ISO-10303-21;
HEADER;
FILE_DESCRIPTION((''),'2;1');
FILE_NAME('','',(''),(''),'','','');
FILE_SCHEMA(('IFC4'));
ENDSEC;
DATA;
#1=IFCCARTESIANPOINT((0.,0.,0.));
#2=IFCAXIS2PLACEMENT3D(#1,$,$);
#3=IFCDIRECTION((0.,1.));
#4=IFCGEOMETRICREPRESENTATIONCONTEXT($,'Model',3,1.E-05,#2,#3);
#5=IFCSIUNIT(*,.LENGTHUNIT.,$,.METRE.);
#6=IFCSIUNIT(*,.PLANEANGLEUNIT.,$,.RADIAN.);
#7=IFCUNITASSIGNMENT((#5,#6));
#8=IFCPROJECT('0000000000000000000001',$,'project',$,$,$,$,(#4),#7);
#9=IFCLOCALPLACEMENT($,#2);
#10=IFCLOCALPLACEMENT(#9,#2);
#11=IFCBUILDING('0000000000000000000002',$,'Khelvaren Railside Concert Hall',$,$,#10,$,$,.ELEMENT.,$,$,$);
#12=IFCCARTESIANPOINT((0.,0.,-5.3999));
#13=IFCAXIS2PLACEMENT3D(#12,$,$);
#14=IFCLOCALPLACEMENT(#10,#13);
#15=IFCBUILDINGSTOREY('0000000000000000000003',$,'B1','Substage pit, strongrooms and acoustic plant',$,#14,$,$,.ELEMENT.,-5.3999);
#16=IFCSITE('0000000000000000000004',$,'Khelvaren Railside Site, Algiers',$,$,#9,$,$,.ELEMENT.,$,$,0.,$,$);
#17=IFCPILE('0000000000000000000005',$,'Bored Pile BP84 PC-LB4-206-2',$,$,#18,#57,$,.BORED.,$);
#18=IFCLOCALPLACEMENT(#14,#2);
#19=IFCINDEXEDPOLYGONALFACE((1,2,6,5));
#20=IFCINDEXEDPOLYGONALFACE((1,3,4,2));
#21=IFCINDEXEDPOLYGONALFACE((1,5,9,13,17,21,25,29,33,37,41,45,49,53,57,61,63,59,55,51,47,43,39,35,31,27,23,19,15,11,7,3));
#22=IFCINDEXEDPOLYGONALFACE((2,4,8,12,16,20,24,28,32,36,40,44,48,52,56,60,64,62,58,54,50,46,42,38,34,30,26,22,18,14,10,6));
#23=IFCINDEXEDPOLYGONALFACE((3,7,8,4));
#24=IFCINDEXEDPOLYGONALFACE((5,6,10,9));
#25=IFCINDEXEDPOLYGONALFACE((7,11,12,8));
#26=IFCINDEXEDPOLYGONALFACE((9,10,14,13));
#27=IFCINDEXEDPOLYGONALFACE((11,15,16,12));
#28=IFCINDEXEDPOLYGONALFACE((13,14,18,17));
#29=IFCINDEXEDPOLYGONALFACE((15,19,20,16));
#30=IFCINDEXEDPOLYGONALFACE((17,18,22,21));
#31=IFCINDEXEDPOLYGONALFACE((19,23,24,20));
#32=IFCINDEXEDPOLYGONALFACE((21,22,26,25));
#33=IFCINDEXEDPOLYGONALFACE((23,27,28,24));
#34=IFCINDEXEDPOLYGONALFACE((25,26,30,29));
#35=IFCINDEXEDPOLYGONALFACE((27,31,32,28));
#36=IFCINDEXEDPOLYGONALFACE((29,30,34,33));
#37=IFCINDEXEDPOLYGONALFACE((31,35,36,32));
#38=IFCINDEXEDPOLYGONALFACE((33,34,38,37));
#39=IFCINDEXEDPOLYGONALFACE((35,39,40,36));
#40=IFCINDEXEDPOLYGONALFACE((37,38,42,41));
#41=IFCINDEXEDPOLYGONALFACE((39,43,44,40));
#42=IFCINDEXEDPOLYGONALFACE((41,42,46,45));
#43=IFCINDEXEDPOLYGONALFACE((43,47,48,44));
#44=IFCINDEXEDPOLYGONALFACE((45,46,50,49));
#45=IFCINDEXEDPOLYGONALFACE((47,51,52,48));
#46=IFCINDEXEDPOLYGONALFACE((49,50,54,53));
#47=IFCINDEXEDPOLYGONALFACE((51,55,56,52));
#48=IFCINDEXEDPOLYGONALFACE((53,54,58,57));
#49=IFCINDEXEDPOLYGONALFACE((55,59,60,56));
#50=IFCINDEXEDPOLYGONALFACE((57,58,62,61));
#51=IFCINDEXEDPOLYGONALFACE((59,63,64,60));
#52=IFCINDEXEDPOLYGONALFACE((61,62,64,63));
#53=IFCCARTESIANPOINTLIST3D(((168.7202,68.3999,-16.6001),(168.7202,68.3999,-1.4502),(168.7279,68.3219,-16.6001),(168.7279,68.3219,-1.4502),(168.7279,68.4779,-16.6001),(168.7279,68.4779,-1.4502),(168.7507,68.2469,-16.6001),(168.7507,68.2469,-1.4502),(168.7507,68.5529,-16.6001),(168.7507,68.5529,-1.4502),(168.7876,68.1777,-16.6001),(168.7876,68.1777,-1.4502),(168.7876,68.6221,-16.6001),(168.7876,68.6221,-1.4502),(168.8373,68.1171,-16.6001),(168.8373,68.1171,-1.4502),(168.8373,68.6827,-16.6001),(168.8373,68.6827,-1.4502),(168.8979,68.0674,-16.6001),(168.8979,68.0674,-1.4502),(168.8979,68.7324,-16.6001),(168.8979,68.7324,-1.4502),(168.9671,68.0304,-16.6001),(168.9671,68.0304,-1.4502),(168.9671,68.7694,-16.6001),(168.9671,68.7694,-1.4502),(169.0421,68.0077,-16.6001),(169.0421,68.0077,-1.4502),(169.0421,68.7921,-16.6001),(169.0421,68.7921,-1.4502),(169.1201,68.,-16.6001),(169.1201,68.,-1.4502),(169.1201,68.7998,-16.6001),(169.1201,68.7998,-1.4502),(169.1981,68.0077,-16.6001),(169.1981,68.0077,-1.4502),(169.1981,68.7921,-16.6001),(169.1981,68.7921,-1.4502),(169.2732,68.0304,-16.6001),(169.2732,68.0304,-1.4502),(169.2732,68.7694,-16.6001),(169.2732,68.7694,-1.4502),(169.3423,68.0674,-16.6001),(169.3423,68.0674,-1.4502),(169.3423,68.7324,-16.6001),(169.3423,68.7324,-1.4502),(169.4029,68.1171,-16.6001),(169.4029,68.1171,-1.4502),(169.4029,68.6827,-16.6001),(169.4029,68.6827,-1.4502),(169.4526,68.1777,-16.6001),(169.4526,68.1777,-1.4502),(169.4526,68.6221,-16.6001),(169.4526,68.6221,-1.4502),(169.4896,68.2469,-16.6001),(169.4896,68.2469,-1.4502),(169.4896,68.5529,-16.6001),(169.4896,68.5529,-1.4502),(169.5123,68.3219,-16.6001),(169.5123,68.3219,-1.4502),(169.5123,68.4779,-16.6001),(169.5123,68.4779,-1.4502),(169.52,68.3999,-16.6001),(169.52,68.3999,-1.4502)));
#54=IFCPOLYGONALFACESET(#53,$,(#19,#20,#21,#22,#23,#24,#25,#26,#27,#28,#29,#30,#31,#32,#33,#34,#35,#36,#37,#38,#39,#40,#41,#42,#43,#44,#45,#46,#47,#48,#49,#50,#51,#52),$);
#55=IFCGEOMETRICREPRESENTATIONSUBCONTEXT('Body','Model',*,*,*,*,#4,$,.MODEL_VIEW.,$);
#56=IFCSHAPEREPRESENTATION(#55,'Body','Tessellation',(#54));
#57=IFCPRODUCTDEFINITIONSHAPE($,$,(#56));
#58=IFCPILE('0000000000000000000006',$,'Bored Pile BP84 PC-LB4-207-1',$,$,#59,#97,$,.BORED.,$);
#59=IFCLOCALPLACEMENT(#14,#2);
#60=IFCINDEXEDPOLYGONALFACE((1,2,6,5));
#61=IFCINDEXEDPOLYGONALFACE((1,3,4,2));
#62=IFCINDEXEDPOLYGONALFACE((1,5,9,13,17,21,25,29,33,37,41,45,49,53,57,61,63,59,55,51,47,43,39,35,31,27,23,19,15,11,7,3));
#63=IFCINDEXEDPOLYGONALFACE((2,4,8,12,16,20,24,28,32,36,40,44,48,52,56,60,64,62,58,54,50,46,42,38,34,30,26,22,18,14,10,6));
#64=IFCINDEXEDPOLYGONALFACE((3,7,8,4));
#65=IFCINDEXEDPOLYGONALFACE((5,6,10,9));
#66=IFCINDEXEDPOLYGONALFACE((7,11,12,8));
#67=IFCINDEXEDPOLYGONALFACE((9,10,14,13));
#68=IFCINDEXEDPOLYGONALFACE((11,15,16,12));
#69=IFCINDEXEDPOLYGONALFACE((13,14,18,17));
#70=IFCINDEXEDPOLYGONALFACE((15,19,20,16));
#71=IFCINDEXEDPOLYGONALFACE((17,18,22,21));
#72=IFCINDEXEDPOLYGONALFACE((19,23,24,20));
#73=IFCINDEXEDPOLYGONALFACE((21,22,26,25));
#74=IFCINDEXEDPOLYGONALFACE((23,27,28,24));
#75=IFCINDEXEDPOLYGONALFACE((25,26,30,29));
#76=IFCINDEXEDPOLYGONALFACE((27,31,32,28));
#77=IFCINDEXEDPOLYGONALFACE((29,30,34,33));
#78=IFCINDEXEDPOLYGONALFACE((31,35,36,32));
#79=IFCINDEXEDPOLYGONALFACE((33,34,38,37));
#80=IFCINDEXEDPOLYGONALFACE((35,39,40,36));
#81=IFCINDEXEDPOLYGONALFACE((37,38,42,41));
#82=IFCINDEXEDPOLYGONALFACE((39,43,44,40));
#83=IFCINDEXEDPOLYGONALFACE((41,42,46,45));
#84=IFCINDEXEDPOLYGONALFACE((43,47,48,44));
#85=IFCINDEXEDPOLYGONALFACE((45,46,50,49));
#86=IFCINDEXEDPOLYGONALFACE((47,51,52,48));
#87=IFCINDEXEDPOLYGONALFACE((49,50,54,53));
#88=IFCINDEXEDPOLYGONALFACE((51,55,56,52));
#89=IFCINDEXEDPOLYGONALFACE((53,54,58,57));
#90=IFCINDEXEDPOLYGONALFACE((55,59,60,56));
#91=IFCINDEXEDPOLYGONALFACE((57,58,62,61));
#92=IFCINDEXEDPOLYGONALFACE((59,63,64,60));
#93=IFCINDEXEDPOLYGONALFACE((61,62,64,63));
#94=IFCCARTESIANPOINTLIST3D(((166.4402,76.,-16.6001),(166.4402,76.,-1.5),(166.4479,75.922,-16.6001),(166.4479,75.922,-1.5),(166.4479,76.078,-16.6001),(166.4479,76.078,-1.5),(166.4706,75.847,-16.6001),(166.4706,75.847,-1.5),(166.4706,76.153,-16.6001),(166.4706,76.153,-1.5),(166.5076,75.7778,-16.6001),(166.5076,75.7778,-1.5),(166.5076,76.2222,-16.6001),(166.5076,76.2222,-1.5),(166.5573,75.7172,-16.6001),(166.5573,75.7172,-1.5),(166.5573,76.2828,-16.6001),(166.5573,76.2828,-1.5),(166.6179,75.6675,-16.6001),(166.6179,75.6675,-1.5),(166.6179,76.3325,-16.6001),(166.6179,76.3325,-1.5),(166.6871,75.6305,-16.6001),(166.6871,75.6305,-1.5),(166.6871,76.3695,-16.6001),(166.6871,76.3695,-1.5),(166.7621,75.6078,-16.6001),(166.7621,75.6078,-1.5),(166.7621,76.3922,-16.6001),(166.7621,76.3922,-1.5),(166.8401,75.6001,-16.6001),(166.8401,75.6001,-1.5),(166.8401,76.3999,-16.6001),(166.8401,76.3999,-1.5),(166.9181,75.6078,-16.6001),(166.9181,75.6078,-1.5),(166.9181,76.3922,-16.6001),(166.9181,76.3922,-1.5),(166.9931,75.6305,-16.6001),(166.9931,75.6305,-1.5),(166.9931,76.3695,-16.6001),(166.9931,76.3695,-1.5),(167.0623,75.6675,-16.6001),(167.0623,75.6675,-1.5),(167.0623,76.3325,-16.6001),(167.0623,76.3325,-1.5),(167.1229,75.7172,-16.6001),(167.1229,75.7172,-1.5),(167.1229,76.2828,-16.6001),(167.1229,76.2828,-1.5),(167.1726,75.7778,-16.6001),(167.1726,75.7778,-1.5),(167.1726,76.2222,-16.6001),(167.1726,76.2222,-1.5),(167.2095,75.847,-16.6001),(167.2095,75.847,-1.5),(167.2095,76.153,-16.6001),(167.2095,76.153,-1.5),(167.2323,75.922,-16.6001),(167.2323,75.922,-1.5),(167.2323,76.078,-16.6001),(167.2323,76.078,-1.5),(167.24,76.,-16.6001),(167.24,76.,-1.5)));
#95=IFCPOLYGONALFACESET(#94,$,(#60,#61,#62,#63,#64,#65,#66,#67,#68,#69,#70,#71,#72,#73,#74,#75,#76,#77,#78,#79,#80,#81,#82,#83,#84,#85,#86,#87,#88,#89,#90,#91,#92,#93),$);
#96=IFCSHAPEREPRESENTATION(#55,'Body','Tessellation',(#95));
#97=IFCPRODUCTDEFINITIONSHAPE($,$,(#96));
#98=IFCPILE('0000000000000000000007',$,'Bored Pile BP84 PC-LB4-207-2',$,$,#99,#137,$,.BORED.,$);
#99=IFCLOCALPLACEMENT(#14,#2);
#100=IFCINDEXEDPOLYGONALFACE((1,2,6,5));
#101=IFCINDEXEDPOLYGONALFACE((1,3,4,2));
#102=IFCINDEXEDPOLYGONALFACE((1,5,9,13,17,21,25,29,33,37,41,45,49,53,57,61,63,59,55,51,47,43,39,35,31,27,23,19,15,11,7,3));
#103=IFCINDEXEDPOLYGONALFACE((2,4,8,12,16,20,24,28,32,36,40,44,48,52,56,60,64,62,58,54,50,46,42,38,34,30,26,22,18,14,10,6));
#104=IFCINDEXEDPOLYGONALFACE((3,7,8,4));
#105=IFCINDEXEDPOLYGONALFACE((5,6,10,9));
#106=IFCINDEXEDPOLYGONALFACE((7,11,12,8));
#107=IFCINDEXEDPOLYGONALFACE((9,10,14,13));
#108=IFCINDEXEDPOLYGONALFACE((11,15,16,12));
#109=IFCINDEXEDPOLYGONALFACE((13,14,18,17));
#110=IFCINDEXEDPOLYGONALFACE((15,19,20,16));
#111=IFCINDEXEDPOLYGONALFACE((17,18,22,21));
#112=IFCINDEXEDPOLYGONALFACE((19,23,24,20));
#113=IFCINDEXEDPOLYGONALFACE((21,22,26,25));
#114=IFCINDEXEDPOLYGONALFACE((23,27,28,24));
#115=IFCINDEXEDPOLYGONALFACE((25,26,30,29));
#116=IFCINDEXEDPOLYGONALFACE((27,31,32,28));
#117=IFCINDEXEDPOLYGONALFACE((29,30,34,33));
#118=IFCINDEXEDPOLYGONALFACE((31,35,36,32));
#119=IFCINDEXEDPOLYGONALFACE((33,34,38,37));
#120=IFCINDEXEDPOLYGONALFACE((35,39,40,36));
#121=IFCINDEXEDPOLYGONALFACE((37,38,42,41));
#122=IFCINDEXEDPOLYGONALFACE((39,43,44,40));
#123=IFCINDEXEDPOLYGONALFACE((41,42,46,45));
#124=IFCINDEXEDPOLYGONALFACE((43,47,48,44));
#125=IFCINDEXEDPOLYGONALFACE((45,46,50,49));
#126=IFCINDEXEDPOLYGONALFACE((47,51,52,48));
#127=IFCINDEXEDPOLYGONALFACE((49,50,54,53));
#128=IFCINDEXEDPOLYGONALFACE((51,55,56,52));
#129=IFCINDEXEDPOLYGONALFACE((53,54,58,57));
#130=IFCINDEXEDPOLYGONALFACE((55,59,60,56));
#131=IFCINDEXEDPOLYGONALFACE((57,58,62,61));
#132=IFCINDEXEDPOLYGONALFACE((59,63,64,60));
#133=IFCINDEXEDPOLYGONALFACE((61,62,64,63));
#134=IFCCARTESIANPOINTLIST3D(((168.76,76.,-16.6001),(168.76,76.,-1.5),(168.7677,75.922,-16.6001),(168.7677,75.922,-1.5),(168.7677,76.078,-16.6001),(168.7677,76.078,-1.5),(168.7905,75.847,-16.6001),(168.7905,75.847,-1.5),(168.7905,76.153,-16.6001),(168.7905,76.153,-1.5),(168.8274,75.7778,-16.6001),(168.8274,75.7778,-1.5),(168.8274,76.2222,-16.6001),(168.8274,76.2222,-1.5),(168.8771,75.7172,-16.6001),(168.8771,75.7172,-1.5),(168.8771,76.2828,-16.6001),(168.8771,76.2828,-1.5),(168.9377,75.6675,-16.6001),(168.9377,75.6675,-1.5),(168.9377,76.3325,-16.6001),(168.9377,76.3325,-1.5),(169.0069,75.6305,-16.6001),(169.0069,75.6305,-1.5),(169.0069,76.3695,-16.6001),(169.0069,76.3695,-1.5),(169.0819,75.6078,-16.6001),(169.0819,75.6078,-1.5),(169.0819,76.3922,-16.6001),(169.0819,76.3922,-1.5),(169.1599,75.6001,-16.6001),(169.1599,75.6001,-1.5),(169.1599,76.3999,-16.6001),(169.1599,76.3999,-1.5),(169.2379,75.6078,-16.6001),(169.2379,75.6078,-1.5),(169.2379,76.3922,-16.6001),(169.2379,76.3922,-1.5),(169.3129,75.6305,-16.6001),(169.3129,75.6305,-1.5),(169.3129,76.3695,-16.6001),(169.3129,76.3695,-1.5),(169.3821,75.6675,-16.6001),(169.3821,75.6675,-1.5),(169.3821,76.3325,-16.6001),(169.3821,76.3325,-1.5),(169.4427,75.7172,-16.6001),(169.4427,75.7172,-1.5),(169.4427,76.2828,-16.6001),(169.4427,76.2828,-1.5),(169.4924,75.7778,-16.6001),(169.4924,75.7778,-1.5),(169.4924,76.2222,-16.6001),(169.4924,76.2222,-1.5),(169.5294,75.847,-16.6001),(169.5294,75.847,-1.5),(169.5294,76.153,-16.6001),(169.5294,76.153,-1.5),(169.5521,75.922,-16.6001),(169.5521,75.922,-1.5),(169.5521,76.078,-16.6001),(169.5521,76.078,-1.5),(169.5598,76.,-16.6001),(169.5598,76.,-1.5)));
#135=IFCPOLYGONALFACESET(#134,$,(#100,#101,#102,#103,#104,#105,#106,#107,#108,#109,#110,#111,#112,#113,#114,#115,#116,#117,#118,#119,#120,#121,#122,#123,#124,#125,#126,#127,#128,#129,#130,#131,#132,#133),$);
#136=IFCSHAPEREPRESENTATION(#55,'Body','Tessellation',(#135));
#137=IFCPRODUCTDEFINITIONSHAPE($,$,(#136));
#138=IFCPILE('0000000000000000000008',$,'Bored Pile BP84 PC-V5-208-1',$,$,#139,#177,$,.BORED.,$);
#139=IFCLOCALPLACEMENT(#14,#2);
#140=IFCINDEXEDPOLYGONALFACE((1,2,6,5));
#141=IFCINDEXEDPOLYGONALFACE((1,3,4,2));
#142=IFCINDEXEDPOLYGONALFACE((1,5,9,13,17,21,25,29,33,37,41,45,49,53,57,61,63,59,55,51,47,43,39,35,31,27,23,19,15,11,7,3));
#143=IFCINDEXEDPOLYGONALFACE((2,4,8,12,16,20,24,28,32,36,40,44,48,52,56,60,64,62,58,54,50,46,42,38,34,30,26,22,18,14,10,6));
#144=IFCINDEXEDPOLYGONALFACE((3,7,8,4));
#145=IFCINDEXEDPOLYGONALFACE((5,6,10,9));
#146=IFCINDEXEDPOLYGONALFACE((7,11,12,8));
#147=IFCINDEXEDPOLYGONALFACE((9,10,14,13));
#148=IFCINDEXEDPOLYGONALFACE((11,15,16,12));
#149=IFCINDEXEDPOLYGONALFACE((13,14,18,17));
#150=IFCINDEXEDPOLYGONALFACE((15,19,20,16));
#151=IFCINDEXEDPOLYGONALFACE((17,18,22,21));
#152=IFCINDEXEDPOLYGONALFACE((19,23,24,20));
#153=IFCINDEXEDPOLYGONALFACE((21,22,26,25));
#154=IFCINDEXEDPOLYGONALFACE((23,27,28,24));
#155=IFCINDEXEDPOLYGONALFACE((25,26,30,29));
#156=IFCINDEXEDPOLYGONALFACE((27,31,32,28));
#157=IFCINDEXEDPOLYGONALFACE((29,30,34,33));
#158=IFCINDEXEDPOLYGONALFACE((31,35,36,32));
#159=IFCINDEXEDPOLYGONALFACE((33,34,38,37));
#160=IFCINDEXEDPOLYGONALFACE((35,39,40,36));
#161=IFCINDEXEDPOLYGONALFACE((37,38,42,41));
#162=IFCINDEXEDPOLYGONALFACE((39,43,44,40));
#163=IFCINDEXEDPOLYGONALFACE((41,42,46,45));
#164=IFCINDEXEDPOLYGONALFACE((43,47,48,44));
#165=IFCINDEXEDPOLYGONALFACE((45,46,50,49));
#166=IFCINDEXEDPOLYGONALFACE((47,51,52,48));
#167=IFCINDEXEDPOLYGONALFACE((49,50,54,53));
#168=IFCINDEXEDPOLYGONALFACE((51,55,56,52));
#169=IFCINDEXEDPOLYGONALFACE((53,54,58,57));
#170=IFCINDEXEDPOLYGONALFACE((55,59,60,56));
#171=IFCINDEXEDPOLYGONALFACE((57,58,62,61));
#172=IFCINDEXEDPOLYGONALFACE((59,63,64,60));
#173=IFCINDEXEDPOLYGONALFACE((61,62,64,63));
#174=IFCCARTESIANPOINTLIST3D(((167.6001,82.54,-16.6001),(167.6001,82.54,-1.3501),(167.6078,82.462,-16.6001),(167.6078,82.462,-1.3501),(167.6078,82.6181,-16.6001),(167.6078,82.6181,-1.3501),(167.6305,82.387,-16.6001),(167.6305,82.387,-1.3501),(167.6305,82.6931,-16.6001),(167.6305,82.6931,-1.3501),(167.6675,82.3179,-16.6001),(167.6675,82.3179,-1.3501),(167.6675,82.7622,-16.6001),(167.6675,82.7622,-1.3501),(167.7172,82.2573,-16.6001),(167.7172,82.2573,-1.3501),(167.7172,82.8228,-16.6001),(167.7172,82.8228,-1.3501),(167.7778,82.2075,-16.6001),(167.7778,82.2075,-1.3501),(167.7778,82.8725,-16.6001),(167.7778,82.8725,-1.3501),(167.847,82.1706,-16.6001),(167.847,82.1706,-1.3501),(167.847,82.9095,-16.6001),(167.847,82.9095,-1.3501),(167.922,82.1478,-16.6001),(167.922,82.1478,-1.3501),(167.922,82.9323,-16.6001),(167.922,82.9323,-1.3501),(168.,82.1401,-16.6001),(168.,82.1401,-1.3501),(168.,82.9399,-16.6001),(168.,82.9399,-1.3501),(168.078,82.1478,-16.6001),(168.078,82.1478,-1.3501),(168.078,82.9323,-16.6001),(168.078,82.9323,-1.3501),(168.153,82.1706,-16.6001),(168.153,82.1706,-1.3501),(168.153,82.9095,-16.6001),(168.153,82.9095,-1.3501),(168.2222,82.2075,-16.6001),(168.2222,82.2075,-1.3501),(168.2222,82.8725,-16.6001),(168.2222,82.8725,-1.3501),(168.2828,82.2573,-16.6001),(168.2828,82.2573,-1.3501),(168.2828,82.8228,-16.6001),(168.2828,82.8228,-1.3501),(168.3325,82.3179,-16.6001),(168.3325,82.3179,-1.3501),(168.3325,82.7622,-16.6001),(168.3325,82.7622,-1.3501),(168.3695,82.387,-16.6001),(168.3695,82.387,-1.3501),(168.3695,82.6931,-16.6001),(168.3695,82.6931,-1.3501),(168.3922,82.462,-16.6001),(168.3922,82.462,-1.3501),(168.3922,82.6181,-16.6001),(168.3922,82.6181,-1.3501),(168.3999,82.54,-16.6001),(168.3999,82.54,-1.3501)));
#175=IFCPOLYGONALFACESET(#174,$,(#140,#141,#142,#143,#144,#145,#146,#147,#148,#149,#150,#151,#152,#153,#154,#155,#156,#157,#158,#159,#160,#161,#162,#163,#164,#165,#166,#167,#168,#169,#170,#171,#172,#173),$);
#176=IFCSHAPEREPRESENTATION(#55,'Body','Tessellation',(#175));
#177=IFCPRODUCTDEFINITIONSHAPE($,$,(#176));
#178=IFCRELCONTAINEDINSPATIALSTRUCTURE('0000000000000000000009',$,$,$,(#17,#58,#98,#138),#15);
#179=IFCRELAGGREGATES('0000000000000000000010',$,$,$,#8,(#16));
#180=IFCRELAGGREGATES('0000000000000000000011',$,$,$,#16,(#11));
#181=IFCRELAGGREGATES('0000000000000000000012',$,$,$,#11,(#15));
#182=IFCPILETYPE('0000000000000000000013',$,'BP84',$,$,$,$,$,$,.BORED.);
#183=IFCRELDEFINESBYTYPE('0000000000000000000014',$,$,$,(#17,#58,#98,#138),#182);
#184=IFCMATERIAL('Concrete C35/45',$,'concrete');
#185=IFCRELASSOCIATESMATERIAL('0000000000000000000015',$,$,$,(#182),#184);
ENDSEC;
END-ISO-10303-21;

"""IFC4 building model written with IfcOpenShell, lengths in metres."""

from ifc_helpers import new_model, si_unit, direction, frame, origin, origin_2d, place, context, subcontext, project, spatial, circle, extrude, material, material_profile, profile_set, type_object, element, save


model = new_model("IFC4")

# Units and contexts
model_context = context("Model", 3, precision=1e-05, world=origin(), true_north=direction((0.0, 1.0)))
body_context = subcontext(model_context, "Body", "Model", "MODEL_VIEW")
ifc_project = project(units=[si_unit("LENGTHUNIT", "METRE"), si_unit("PLANEANGLEUNIT", "RADIAN")], contexts=[model_context])

# Site, building, storey
site_placement = place(None, origin())
site = spatial("IfcSite", under=ifc_project, at=site_placement, Name="Khelvaren Railside Site, Algiers", CompositionType="ELEMENT", RefElevation=0.0)
building_placement = place(site_placement, origin())
building = spatial("IfcBuilding", under=site, at=building_placement, Name="Khelvaren Railside Concert Hall", CompositionType="ELEMENT")
storey_placement = place(building_placement, frame((0.0, 0.0, -5.3999)))
storey = spatial("IfcBuildingStorey", under=building, at=storey_placement, Name="B1", Description="Substage pit, strongrooms and acoustic plant", CompositionType="ELEMENT", Elevation=-5.3999)

# Piles
ifc_material_1 = material(Name="Concrete C35/45", Category="concrete")
ifc_material_profile_1 = material_profile(ifc_material_1, circle(Radius=0.3999, at=origin_2d()), Name="BP D800")
ifc_profile_set_1 = profile_set([ifc_material_profile_1], Name="Concrete C35/45")
pile_type_1 = type_object("IfcPileType", Name="BP84", PredefinedType="BORED", material=ifc_profile_set_1)
for number, where, z_axis, x_axis, name in (
    (1, (169.1201, 68.3999, -1.4502), (0.0, 0.0, -1.0), (1.0, 0.0, 0.0), "Bored Pile BP84 PC-LB4-206-2"),
):
    element("IfcPile", number, at=place(storey_placement, frame(where, z_axis=z_axis, x_axis=x_axis)), inside=storey, type_object=pile_type_1, Name=name, PredefinedType="BORED", context=body_context, shape_type="SweptSolid", body=[
        extrude(circle(Radius=0.3999, at=origin_2d()), origin(), (0.0, 0.0, 1.0), 15.1499),
    ])
for number, where, z_axis, x_axis, name in (
    (2, (166.8401, 76.0, -1.5), (0.0, 0.0, -1.0), (1.0, 0.0, 0.0), "Bored Pile BP84 PC-LB4-207-1"),
    (3, (169.1599, 76.0, -1.5), (0.0, 0.0, -1.0), (1.0, 0.0, 0.0), "Bored Pile BP84 PC-LB4-207-2"),
):
    element("IfcPile", number, at=place(storey_placement, frame(where, z_axis=z_axis, x_axis=x_axis)), inside=storey, type_object=pile_type_1, Name=name, PredefinedType="BORED", context=body_context, shape_type="SweptSolid", body=[
        extrude(circle(Radius=0.3999, at=origin_2d()), origin(), (0.0, 0.0, 1.0), 15.1001),
    ])
pile_1_placement = place(storey_placement, frame((168.0, 82.54, -1.3501), z_axis=(0.0, 0.0, -1.0), x_axis=(1.0, 0.0, 0.0)))
element("IfcPile", 4, at=pile_1_placement, inside=storey, type_object=pile_type_1, Name="Bored Pile BP84 PC-V5-208-1", PredefinedType="BORED", context=body_context, shape_type="SweptSolid", body=[
    extrude(circle(Radius=0.3999, at=origin_2d()), origin(), (0.0, 0.0, 1.0), 15.25),
])

save(model, "model.ifc")
